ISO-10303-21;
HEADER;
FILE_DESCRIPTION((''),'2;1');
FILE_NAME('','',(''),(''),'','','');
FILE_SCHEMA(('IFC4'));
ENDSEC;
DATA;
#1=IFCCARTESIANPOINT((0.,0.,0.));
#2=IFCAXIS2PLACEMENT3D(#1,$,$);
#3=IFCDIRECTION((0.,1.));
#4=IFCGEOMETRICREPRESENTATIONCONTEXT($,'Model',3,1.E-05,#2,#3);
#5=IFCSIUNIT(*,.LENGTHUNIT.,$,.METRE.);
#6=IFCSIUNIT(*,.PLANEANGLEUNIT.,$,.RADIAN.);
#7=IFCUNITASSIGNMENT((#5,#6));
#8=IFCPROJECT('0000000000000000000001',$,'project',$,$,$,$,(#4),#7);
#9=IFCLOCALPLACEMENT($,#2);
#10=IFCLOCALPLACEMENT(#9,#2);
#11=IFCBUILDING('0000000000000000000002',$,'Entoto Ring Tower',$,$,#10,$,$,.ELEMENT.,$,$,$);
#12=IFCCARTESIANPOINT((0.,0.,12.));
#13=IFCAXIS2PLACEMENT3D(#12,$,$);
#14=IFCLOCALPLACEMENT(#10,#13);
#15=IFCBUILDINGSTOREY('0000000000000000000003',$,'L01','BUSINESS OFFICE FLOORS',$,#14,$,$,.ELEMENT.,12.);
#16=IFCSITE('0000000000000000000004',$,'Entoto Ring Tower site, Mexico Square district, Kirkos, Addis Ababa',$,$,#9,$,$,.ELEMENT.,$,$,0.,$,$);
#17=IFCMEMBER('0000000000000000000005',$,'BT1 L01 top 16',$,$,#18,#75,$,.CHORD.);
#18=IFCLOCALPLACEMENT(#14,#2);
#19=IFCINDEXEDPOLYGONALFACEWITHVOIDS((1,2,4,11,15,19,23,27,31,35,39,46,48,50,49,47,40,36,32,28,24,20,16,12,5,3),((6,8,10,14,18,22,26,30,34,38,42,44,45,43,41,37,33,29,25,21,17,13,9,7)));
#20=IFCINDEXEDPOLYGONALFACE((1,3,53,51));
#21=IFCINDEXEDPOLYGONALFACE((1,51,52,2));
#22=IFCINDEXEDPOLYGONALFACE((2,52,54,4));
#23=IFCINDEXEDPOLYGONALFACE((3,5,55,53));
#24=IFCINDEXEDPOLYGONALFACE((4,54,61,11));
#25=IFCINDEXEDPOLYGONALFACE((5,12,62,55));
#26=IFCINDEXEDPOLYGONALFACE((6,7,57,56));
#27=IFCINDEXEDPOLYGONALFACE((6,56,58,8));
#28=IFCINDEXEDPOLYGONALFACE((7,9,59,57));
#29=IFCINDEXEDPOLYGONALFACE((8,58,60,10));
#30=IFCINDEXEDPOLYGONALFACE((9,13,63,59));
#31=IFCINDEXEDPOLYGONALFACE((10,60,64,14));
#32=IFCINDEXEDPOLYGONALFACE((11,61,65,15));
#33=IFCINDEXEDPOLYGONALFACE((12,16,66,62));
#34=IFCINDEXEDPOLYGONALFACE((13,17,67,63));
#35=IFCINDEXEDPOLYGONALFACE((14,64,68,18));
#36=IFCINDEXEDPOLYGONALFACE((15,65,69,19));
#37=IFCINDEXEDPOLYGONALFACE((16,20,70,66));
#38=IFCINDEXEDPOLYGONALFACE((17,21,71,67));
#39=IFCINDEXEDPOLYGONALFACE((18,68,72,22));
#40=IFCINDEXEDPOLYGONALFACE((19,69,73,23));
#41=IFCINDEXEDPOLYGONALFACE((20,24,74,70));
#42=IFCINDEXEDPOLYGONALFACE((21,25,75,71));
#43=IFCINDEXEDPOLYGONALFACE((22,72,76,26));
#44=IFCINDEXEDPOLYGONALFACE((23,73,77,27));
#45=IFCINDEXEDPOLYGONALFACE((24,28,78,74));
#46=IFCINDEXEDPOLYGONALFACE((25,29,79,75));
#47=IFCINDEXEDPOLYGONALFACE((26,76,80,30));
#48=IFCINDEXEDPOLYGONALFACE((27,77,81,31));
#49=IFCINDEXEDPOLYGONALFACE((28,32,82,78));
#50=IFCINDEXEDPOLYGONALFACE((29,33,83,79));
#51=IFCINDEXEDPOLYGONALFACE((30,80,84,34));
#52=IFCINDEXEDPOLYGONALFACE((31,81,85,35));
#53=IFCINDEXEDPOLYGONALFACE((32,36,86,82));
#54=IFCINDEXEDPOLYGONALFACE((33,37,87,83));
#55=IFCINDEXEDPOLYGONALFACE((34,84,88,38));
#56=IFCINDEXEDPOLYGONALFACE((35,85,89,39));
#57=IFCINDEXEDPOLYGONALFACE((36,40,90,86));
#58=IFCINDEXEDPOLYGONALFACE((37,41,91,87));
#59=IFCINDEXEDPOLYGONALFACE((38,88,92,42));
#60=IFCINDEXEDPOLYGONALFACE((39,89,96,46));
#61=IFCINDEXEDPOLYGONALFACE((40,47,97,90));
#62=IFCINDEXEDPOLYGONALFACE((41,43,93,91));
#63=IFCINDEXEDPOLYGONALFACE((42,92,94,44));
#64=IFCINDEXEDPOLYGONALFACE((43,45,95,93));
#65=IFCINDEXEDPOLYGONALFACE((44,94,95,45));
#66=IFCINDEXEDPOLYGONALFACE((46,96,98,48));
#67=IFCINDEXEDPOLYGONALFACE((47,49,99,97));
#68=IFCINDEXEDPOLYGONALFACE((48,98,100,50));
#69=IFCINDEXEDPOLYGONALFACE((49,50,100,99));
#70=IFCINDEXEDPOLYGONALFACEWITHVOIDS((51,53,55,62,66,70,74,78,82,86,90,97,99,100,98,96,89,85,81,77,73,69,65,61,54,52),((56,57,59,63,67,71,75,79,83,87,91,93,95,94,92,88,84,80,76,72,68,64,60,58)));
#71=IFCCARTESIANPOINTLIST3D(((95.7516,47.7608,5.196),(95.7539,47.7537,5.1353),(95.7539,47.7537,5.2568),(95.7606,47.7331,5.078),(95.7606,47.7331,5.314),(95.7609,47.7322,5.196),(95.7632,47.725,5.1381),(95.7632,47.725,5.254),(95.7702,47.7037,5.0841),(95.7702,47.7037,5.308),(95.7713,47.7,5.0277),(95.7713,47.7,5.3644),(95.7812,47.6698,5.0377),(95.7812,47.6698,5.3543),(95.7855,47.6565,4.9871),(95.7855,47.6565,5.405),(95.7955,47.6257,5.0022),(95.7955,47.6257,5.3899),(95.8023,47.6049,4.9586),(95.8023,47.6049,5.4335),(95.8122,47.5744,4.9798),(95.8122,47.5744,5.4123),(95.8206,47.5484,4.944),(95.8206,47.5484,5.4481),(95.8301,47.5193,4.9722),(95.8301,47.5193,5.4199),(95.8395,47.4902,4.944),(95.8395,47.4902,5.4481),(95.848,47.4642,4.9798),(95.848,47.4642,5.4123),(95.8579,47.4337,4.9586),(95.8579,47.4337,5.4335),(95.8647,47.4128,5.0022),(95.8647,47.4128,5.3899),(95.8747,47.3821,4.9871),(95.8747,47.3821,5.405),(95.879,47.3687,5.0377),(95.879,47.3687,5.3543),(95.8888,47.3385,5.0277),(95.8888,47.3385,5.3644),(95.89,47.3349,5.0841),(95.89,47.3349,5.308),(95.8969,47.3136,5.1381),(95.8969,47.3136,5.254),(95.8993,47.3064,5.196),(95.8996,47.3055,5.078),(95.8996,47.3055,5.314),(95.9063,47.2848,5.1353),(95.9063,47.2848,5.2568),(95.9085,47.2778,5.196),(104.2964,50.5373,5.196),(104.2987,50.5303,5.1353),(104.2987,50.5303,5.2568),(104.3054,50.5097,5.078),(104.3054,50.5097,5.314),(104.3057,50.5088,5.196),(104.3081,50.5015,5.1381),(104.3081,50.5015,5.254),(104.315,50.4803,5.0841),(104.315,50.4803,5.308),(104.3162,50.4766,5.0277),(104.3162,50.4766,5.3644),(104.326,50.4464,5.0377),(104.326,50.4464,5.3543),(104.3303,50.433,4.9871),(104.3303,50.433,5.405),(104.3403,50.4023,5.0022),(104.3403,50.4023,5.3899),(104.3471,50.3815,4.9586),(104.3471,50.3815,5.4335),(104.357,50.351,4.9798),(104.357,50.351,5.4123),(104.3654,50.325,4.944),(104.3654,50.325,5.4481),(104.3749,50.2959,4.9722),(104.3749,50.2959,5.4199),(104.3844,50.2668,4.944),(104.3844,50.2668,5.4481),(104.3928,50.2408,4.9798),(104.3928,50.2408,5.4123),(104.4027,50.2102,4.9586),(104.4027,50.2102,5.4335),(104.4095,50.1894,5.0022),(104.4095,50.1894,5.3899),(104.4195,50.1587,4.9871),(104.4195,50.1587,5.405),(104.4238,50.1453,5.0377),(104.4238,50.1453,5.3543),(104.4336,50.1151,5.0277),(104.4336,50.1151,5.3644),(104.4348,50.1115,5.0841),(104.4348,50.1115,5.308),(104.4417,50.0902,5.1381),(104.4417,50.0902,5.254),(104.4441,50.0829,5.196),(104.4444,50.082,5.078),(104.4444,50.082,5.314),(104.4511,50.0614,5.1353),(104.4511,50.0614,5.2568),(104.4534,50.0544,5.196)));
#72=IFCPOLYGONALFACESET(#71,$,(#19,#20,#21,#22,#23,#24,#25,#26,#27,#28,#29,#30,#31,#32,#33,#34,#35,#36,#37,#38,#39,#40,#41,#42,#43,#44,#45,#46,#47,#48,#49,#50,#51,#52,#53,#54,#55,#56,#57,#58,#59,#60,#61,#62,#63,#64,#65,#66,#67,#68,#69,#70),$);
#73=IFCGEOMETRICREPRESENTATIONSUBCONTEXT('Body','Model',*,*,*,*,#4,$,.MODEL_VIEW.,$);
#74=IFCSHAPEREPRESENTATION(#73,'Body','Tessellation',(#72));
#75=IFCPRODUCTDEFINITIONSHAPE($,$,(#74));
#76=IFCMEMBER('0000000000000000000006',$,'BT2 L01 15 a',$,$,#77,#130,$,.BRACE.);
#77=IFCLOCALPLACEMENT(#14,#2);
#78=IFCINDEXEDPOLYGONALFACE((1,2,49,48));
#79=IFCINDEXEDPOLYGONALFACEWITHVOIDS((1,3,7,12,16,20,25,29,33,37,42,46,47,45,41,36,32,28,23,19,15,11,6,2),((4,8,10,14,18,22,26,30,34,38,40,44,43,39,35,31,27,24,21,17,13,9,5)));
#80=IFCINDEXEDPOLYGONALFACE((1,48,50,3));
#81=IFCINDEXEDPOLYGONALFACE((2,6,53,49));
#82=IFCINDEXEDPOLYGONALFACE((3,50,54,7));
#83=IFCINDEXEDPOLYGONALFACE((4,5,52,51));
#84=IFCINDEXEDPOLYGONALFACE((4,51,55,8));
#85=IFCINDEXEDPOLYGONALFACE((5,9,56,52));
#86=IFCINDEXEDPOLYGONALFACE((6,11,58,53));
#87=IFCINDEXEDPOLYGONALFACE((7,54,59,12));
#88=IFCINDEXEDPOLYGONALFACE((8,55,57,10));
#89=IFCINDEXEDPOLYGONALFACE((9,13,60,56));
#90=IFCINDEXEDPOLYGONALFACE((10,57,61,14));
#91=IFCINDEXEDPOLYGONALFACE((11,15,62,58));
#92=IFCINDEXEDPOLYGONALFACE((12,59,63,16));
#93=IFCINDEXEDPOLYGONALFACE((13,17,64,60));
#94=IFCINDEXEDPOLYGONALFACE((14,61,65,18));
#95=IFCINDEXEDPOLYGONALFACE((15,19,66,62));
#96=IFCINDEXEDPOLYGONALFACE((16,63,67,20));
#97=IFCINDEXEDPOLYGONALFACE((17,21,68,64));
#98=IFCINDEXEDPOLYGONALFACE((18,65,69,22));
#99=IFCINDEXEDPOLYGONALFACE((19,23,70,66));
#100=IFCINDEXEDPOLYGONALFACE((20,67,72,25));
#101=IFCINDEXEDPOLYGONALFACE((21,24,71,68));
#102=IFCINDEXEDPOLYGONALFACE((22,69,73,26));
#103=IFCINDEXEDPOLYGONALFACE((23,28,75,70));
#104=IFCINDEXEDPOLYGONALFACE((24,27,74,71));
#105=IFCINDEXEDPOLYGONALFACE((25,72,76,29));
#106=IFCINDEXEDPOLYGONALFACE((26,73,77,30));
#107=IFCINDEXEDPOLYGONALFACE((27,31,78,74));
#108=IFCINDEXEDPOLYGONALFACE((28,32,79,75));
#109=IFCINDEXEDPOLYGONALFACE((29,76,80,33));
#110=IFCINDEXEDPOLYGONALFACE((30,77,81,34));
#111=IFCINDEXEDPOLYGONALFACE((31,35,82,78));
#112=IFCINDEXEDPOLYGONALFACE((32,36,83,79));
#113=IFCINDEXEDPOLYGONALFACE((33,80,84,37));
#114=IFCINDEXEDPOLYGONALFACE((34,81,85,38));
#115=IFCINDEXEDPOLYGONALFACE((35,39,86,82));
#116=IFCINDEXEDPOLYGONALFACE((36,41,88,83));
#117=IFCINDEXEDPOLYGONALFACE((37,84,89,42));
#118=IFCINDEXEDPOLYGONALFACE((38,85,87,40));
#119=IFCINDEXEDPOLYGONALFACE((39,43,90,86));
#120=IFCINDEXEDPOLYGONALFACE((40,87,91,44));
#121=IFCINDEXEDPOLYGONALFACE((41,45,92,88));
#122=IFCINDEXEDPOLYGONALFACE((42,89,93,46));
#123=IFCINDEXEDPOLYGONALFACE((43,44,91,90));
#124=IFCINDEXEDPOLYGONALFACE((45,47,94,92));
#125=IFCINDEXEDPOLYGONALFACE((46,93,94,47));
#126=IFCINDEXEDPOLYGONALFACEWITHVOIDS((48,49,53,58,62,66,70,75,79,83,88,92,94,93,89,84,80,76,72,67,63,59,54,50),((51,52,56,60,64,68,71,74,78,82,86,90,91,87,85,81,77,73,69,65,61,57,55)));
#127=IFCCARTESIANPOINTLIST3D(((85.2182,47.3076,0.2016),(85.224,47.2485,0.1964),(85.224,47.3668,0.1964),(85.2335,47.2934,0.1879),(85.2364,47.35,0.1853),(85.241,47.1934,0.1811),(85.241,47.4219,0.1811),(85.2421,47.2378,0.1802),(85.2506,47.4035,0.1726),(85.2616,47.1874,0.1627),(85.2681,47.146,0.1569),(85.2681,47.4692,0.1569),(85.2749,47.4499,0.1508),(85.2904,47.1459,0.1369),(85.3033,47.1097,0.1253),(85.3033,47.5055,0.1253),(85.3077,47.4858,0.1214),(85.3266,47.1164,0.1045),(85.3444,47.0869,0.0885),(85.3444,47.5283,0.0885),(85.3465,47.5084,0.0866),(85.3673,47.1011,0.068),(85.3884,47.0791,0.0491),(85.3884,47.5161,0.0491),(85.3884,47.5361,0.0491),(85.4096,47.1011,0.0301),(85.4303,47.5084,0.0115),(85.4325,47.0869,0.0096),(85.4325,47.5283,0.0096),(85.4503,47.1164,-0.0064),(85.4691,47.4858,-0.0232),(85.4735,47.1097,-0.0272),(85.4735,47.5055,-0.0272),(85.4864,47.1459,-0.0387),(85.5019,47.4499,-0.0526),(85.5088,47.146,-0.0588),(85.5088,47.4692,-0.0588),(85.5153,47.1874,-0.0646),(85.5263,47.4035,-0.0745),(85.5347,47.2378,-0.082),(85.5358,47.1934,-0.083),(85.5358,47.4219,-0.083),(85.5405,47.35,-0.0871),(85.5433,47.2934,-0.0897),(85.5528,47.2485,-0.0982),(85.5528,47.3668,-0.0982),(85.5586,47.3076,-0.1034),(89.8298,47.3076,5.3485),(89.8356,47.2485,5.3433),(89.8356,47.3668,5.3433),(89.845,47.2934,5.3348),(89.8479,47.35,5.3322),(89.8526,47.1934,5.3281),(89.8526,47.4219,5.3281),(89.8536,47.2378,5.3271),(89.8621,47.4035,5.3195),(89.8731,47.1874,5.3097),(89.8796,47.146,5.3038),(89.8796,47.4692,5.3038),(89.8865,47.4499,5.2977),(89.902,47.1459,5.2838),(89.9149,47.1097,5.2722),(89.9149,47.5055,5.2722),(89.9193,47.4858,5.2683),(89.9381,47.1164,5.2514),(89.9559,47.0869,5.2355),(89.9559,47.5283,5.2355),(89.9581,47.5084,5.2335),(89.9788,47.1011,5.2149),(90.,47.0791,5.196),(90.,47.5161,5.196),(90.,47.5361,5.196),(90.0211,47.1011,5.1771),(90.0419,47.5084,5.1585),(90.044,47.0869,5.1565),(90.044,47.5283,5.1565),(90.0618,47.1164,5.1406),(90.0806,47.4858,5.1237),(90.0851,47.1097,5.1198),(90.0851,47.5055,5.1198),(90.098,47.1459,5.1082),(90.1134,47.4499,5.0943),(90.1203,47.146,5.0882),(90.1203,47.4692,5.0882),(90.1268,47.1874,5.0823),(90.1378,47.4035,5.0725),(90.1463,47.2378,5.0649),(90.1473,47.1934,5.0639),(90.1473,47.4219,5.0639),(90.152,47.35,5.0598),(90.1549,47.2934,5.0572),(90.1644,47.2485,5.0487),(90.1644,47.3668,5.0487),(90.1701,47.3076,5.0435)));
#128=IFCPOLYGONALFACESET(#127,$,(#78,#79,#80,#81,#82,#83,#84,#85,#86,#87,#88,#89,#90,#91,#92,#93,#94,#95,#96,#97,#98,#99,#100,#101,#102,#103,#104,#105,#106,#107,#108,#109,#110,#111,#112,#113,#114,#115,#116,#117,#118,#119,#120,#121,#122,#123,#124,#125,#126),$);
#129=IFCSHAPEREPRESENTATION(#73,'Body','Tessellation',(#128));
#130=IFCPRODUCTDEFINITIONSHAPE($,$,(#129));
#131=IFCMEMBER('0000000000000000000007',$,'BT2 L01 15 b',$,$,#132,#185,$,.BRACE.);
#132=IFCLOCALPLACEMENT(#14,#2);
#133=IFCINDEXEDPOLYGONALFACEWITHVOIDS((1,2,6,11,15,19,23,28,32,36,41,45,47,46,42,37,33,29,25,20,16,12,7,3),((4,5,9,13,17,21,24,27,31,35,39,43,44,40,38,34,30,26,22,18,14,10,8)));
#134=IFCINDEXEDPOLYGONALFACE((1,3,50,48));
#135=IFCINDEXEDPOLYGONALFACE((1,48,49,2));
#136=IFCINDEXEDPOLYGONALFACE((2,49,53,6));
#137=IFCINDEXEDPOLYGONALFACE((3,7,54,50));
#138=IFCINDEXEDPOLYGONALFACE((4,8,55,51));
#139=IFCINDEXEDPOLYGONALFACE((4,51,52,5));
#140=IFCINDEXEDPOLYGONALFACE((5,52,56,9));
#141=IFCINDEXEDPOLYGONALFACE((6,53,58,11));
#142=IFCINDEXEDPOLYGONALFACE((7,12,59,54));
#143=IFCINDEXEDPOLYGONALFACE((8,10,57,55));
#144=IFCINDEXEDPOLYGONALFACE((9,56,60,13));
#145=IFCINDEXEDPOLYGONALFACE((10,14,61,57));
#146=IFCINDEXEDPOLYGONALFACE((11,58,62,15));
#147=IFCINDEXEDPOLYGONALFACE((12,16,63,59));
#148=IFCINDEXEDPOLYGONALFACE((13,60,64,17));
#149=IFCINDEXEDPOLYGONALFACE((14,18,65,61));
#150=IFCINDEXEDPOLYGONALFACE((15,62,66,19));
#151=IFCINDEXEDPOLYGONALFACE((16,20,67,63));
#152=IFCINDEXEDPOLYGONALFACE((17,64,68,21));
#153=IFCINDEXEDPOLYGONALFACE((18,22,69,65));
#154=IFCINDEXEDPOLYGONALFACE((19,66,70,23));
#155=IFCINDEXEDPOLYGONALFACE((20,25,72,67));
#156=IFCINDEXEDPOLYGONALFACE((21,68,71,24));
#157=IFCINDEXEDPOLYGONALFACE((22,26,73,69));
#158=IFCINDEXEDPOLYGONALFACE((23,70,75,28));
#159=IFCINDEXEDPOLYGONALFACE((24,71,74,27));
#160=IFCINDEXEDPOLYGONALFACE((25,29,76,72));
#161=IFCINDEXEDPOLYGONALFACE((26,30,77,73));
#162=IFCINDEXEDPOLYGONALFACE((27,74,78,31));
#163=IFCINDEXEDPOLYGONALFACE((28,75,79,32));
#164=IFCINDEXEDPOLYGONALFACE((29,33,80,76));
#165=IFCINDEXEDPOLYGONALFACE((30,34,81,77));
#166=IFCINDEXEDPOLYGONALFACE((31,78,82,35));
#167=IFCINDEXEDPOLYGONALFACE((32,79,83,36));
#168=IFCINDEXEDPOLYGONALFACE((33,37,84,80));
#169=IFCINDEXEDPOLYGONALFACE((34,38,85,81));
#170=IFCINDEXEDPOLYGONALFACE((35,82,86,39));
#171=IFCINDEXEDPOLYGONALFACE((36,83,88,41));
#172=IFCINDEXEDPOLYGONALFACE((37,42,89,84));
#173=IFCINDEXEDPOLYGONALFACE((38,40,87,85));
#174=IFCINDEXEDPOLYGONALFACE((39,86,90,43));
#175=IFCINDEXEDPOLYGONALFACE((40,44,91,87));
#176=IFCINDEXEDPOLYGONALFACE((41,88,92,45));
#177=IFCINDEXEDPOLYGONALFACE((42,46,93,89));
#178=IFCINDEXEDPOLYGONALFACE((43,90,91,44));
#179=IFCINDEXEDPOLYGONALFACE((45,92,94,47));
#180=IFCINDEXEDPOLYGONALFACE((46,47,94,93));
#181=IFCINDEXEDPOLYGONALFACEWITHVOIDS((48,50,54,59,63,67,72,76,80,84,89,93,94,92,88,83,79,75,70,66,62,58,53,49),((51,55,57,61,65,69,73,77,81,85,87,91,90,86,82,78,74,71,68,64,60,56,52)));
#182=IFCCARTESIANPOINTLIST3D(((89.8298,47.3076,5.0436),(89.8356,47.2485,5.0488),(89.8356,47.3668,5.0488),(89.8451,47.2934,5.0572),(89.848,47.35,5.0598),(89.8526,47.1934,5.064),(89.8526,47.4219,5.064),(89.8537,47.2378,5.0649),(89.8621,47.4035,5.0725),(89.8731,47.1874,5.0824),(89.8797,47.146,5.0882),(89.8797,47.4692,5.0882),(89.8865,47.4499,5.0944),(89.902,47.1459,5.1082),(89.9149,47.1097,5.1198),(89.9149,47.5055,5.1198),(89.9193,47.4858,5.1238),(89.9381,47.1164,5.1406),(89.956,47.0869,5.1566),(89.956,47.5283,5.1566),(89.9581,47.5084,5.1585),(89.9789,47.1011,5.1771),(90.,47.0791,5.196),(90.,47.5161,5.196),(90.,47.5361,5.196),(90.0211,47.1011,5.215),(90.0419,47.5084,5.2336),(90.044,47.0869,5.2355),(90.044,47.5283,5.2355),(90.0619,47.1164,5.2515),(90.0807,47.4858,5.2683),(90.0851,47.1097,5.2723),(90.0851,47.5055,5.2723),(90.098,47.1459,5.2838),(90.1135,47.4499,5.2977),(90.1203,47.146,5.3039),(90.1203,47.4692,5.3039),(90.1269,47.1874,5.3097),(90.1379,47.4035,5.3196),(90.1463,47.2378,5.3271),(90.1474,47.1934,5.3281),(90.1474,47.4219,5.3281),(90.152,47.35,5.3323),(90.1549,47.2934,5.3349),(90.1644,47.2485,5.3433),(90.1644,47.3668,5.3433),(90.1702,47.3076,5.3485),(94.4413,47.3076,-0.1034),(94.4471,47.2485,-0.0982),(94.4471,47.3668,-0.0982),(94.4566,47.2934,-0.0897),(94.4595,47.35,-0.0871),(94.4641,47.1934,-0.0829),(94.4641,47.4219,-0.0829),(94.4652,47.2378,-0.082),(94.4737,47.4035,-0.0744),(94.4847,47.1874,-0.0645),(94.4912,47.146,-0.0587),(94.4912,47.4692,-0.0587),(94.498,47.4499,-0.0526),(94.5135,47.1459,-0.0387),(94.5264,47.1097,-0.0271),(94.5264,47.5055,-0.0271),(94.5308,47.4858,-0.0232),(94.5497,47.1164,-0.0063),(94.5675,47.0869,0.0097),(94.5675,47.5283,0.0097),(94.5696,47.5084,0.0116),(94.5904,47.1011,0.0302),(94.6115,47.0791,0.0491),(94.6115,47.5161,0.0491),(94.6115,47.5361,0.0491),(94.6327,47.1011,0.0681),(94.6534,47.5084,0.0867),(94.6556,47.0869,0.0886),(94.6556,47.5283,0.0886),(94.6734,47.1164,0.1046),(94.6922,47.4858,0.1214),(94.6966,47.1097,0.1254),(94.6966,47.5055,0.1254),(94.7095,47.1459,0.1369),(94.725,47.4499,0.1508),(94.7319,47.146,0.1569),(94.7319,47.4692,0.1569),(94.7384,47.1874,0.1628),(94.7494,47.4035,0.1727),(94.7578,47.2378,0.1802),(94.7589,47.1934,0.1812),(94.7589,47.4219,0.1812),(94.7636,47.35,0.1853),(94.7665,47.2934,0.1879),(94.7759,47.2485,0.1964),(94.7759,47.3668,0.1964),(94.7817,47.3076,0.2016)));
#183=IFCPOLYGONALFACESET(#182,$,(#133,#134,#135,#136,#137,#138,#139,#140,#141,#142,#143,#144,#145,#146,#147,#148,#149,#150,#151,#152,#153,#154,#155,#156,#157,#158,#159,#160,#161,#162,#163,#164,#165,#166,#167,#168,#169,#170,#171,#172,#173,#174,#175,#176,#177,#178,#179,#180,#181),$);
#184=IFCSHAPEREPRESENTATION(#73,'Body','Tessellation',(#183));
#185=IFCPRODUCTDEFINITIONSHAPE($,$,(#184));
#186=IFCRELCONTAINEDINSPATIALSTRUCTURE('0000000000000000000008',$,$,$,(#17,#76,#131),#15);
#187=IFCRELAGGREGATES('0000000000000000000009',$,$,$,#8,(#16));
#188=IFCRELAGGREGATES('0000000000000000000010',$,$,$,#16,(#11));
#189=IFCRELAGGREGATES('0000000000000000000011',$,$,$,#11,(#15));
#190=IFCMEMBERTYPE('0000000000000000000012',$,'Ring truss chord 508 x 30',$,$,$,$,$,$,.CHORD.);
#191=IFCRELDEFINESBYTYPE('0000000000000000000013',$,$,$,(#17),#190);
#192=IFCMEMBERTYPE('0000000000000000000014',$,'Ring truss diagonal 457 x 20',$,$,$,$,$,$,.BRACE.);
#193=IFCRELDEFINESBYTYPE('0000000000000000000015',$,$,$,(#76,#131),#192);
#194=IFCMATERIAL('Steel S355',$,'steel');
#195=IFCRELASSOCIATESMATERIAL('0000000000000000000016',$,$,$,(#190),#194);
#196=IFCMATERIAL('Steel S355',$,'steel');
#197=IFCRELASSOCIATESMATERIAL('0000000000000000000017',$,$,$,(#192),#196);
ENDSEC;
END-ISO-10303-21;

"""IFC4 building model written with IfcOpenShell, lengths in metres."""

from ifc_helpers import new_model, si_unit, direction, frame, origin, origin_2d, place, context, subcontext, project, spatial, circle, hollow_circle, extrude, material, material_profile, profile_set, type_object, element, save


model = new_model("IFC4")

# Units and contexts
model_context = context("Model", 3, precision=1e-05, world=origin(), true_north=direction((0.0, 1.0)))
body_context = subcontext(model_context, "Body", "Model", "MODEL_VIEW")
ifc_project = project(units=[si_unit("LENGTHUNIT", "METRE"), si_unit("PLANEANGLEUNIT", "RADIAN")], contexts=[model_context])

# Site, building, storey
site_placement = place(None, origin())
site = spatial("IfcSite", under=ifc_project, at=site_placement, Name="Entoto Ring Tower site, Mexico Square district, Kirkos, Addis Ababa", CompositionType="ELEMENT", RefElevation=0.0)
building_placement = place(site_placement, origin())
building = spatial("IfcBuilding", under=site, at=building_placement, Name="Entoto Ring Tower", CompositionType="ELEMENT")
storey_placement = place(building_placement, frame((0.0, 0.0, 12.0)))
storey = spatial("IfcBuildingStorey", under=building, at=storey_placement, Name="L01", Description="BUSINESS OFFICE FLOORS", CompositionType="ELEMENT", Elevation=12.0)

# Members
ifc_material_1 = material(Name="Steel S355", Category="steel")
ifc_material_profile_1 = material_profile(ifc_material_1, hollow_circle(Radius=0.2539, WallThickness=0.03, at=origin_2d()), Name="CHS 508 x 30")
ifc_material_2 = material(Name="Concrete C60/75", Category="concrete")
ifc_material_profile_2 = material_profile(ifc_material_2, circle(Radius=0.2241, at=origin_2d()), Name="Concrete C60/75 infill")
ifc_profile_set_1 = profile_set([ifc_material_profile_1, ifc_material_profile_2], Name="Steel S355")
member_type_1 = type_object("IfcMemberType", Name="Ring truss chord 508 x 30", PredefinedType="CHORD", material=ifc_profile_set_1)
for number, where, z_axis, x_axis, name in (
    (1, (95.8301, 47.5193, 5.196), (0.95105, 0.309037, 0.0), (-0.309037, 0.95105, 0.0), "BT1 L01 top 16"),
):
    element("IfcMember", number, at=place(storey_placement, frame(where, z_axis=z_axis, x_axis=x_axis)), inside=storey, type_object=member_type_1, Name=name, PredefinedType="CHORD", context=body_context, shape_type="SweptSolid", body=[
        extrude(hollow_circle(Radius=0.2539, WallThickness=0.03, at=origin_2d()), origin(), (0.0, 0.0, 1.0), 8.9846),
    ])
ifc_material_3 = material(Name="Steel S355", Category="steel")
ifc_material_profile_3 = material_profile(ifc_material_3, hollow_circle(Radius=0.2285, WallThickness=0.02, at=origin_2d()), Name="CHS 457 x 20")
ifc_material_4 = material(Name="Concrete C60/75", Category="concrete")
ifc_material_profile_4 = material_profile(ifc_material_4, circle(Radius=0.2085, at=origin_2d()), Name="Concrete C60/75 infill")
ifc_profile_set_2 = profile_set([ifc_material_profile_3, ifc_material_profile_4], Name="Steel S355")
member_type_2 = type_object("IfcMemberType", Name="Ring truss diagonal 457 x 20", PredefinedType="BRACE", material=ifc_profile_set_2)
for number, where, z_axis, x_axis, name in (
    (2, (85.3884, 47.3076, 0.0491), (0.667308, 0.0, 0.744782), (0.0, 1.0, 0.0), "BT2 L01 15 a"),
    (3, (90.0, 47.3076, 5.196), (0.667308, 0.0, -0.744782), (0.0, 1.0, 0.0), "BT2 L01 15 b"),
):
    element("IfcMember", number, at=place(storey_placement, frame(where, z_axis=z_axis, x_axis=x_axis)), inside=storey, type_object=member_type_2, Name=name, PredefinedType="BRACE", context=body_context, shape_type="SweptSolid", body=[
        extrude(hollow_circle(Radius=0.2285, WallThickness=0.02, at=origin_2d()), origin(), (0.0, 0.0, 1.0), 6.9106),
    ])

save(model, "model.ifc")
